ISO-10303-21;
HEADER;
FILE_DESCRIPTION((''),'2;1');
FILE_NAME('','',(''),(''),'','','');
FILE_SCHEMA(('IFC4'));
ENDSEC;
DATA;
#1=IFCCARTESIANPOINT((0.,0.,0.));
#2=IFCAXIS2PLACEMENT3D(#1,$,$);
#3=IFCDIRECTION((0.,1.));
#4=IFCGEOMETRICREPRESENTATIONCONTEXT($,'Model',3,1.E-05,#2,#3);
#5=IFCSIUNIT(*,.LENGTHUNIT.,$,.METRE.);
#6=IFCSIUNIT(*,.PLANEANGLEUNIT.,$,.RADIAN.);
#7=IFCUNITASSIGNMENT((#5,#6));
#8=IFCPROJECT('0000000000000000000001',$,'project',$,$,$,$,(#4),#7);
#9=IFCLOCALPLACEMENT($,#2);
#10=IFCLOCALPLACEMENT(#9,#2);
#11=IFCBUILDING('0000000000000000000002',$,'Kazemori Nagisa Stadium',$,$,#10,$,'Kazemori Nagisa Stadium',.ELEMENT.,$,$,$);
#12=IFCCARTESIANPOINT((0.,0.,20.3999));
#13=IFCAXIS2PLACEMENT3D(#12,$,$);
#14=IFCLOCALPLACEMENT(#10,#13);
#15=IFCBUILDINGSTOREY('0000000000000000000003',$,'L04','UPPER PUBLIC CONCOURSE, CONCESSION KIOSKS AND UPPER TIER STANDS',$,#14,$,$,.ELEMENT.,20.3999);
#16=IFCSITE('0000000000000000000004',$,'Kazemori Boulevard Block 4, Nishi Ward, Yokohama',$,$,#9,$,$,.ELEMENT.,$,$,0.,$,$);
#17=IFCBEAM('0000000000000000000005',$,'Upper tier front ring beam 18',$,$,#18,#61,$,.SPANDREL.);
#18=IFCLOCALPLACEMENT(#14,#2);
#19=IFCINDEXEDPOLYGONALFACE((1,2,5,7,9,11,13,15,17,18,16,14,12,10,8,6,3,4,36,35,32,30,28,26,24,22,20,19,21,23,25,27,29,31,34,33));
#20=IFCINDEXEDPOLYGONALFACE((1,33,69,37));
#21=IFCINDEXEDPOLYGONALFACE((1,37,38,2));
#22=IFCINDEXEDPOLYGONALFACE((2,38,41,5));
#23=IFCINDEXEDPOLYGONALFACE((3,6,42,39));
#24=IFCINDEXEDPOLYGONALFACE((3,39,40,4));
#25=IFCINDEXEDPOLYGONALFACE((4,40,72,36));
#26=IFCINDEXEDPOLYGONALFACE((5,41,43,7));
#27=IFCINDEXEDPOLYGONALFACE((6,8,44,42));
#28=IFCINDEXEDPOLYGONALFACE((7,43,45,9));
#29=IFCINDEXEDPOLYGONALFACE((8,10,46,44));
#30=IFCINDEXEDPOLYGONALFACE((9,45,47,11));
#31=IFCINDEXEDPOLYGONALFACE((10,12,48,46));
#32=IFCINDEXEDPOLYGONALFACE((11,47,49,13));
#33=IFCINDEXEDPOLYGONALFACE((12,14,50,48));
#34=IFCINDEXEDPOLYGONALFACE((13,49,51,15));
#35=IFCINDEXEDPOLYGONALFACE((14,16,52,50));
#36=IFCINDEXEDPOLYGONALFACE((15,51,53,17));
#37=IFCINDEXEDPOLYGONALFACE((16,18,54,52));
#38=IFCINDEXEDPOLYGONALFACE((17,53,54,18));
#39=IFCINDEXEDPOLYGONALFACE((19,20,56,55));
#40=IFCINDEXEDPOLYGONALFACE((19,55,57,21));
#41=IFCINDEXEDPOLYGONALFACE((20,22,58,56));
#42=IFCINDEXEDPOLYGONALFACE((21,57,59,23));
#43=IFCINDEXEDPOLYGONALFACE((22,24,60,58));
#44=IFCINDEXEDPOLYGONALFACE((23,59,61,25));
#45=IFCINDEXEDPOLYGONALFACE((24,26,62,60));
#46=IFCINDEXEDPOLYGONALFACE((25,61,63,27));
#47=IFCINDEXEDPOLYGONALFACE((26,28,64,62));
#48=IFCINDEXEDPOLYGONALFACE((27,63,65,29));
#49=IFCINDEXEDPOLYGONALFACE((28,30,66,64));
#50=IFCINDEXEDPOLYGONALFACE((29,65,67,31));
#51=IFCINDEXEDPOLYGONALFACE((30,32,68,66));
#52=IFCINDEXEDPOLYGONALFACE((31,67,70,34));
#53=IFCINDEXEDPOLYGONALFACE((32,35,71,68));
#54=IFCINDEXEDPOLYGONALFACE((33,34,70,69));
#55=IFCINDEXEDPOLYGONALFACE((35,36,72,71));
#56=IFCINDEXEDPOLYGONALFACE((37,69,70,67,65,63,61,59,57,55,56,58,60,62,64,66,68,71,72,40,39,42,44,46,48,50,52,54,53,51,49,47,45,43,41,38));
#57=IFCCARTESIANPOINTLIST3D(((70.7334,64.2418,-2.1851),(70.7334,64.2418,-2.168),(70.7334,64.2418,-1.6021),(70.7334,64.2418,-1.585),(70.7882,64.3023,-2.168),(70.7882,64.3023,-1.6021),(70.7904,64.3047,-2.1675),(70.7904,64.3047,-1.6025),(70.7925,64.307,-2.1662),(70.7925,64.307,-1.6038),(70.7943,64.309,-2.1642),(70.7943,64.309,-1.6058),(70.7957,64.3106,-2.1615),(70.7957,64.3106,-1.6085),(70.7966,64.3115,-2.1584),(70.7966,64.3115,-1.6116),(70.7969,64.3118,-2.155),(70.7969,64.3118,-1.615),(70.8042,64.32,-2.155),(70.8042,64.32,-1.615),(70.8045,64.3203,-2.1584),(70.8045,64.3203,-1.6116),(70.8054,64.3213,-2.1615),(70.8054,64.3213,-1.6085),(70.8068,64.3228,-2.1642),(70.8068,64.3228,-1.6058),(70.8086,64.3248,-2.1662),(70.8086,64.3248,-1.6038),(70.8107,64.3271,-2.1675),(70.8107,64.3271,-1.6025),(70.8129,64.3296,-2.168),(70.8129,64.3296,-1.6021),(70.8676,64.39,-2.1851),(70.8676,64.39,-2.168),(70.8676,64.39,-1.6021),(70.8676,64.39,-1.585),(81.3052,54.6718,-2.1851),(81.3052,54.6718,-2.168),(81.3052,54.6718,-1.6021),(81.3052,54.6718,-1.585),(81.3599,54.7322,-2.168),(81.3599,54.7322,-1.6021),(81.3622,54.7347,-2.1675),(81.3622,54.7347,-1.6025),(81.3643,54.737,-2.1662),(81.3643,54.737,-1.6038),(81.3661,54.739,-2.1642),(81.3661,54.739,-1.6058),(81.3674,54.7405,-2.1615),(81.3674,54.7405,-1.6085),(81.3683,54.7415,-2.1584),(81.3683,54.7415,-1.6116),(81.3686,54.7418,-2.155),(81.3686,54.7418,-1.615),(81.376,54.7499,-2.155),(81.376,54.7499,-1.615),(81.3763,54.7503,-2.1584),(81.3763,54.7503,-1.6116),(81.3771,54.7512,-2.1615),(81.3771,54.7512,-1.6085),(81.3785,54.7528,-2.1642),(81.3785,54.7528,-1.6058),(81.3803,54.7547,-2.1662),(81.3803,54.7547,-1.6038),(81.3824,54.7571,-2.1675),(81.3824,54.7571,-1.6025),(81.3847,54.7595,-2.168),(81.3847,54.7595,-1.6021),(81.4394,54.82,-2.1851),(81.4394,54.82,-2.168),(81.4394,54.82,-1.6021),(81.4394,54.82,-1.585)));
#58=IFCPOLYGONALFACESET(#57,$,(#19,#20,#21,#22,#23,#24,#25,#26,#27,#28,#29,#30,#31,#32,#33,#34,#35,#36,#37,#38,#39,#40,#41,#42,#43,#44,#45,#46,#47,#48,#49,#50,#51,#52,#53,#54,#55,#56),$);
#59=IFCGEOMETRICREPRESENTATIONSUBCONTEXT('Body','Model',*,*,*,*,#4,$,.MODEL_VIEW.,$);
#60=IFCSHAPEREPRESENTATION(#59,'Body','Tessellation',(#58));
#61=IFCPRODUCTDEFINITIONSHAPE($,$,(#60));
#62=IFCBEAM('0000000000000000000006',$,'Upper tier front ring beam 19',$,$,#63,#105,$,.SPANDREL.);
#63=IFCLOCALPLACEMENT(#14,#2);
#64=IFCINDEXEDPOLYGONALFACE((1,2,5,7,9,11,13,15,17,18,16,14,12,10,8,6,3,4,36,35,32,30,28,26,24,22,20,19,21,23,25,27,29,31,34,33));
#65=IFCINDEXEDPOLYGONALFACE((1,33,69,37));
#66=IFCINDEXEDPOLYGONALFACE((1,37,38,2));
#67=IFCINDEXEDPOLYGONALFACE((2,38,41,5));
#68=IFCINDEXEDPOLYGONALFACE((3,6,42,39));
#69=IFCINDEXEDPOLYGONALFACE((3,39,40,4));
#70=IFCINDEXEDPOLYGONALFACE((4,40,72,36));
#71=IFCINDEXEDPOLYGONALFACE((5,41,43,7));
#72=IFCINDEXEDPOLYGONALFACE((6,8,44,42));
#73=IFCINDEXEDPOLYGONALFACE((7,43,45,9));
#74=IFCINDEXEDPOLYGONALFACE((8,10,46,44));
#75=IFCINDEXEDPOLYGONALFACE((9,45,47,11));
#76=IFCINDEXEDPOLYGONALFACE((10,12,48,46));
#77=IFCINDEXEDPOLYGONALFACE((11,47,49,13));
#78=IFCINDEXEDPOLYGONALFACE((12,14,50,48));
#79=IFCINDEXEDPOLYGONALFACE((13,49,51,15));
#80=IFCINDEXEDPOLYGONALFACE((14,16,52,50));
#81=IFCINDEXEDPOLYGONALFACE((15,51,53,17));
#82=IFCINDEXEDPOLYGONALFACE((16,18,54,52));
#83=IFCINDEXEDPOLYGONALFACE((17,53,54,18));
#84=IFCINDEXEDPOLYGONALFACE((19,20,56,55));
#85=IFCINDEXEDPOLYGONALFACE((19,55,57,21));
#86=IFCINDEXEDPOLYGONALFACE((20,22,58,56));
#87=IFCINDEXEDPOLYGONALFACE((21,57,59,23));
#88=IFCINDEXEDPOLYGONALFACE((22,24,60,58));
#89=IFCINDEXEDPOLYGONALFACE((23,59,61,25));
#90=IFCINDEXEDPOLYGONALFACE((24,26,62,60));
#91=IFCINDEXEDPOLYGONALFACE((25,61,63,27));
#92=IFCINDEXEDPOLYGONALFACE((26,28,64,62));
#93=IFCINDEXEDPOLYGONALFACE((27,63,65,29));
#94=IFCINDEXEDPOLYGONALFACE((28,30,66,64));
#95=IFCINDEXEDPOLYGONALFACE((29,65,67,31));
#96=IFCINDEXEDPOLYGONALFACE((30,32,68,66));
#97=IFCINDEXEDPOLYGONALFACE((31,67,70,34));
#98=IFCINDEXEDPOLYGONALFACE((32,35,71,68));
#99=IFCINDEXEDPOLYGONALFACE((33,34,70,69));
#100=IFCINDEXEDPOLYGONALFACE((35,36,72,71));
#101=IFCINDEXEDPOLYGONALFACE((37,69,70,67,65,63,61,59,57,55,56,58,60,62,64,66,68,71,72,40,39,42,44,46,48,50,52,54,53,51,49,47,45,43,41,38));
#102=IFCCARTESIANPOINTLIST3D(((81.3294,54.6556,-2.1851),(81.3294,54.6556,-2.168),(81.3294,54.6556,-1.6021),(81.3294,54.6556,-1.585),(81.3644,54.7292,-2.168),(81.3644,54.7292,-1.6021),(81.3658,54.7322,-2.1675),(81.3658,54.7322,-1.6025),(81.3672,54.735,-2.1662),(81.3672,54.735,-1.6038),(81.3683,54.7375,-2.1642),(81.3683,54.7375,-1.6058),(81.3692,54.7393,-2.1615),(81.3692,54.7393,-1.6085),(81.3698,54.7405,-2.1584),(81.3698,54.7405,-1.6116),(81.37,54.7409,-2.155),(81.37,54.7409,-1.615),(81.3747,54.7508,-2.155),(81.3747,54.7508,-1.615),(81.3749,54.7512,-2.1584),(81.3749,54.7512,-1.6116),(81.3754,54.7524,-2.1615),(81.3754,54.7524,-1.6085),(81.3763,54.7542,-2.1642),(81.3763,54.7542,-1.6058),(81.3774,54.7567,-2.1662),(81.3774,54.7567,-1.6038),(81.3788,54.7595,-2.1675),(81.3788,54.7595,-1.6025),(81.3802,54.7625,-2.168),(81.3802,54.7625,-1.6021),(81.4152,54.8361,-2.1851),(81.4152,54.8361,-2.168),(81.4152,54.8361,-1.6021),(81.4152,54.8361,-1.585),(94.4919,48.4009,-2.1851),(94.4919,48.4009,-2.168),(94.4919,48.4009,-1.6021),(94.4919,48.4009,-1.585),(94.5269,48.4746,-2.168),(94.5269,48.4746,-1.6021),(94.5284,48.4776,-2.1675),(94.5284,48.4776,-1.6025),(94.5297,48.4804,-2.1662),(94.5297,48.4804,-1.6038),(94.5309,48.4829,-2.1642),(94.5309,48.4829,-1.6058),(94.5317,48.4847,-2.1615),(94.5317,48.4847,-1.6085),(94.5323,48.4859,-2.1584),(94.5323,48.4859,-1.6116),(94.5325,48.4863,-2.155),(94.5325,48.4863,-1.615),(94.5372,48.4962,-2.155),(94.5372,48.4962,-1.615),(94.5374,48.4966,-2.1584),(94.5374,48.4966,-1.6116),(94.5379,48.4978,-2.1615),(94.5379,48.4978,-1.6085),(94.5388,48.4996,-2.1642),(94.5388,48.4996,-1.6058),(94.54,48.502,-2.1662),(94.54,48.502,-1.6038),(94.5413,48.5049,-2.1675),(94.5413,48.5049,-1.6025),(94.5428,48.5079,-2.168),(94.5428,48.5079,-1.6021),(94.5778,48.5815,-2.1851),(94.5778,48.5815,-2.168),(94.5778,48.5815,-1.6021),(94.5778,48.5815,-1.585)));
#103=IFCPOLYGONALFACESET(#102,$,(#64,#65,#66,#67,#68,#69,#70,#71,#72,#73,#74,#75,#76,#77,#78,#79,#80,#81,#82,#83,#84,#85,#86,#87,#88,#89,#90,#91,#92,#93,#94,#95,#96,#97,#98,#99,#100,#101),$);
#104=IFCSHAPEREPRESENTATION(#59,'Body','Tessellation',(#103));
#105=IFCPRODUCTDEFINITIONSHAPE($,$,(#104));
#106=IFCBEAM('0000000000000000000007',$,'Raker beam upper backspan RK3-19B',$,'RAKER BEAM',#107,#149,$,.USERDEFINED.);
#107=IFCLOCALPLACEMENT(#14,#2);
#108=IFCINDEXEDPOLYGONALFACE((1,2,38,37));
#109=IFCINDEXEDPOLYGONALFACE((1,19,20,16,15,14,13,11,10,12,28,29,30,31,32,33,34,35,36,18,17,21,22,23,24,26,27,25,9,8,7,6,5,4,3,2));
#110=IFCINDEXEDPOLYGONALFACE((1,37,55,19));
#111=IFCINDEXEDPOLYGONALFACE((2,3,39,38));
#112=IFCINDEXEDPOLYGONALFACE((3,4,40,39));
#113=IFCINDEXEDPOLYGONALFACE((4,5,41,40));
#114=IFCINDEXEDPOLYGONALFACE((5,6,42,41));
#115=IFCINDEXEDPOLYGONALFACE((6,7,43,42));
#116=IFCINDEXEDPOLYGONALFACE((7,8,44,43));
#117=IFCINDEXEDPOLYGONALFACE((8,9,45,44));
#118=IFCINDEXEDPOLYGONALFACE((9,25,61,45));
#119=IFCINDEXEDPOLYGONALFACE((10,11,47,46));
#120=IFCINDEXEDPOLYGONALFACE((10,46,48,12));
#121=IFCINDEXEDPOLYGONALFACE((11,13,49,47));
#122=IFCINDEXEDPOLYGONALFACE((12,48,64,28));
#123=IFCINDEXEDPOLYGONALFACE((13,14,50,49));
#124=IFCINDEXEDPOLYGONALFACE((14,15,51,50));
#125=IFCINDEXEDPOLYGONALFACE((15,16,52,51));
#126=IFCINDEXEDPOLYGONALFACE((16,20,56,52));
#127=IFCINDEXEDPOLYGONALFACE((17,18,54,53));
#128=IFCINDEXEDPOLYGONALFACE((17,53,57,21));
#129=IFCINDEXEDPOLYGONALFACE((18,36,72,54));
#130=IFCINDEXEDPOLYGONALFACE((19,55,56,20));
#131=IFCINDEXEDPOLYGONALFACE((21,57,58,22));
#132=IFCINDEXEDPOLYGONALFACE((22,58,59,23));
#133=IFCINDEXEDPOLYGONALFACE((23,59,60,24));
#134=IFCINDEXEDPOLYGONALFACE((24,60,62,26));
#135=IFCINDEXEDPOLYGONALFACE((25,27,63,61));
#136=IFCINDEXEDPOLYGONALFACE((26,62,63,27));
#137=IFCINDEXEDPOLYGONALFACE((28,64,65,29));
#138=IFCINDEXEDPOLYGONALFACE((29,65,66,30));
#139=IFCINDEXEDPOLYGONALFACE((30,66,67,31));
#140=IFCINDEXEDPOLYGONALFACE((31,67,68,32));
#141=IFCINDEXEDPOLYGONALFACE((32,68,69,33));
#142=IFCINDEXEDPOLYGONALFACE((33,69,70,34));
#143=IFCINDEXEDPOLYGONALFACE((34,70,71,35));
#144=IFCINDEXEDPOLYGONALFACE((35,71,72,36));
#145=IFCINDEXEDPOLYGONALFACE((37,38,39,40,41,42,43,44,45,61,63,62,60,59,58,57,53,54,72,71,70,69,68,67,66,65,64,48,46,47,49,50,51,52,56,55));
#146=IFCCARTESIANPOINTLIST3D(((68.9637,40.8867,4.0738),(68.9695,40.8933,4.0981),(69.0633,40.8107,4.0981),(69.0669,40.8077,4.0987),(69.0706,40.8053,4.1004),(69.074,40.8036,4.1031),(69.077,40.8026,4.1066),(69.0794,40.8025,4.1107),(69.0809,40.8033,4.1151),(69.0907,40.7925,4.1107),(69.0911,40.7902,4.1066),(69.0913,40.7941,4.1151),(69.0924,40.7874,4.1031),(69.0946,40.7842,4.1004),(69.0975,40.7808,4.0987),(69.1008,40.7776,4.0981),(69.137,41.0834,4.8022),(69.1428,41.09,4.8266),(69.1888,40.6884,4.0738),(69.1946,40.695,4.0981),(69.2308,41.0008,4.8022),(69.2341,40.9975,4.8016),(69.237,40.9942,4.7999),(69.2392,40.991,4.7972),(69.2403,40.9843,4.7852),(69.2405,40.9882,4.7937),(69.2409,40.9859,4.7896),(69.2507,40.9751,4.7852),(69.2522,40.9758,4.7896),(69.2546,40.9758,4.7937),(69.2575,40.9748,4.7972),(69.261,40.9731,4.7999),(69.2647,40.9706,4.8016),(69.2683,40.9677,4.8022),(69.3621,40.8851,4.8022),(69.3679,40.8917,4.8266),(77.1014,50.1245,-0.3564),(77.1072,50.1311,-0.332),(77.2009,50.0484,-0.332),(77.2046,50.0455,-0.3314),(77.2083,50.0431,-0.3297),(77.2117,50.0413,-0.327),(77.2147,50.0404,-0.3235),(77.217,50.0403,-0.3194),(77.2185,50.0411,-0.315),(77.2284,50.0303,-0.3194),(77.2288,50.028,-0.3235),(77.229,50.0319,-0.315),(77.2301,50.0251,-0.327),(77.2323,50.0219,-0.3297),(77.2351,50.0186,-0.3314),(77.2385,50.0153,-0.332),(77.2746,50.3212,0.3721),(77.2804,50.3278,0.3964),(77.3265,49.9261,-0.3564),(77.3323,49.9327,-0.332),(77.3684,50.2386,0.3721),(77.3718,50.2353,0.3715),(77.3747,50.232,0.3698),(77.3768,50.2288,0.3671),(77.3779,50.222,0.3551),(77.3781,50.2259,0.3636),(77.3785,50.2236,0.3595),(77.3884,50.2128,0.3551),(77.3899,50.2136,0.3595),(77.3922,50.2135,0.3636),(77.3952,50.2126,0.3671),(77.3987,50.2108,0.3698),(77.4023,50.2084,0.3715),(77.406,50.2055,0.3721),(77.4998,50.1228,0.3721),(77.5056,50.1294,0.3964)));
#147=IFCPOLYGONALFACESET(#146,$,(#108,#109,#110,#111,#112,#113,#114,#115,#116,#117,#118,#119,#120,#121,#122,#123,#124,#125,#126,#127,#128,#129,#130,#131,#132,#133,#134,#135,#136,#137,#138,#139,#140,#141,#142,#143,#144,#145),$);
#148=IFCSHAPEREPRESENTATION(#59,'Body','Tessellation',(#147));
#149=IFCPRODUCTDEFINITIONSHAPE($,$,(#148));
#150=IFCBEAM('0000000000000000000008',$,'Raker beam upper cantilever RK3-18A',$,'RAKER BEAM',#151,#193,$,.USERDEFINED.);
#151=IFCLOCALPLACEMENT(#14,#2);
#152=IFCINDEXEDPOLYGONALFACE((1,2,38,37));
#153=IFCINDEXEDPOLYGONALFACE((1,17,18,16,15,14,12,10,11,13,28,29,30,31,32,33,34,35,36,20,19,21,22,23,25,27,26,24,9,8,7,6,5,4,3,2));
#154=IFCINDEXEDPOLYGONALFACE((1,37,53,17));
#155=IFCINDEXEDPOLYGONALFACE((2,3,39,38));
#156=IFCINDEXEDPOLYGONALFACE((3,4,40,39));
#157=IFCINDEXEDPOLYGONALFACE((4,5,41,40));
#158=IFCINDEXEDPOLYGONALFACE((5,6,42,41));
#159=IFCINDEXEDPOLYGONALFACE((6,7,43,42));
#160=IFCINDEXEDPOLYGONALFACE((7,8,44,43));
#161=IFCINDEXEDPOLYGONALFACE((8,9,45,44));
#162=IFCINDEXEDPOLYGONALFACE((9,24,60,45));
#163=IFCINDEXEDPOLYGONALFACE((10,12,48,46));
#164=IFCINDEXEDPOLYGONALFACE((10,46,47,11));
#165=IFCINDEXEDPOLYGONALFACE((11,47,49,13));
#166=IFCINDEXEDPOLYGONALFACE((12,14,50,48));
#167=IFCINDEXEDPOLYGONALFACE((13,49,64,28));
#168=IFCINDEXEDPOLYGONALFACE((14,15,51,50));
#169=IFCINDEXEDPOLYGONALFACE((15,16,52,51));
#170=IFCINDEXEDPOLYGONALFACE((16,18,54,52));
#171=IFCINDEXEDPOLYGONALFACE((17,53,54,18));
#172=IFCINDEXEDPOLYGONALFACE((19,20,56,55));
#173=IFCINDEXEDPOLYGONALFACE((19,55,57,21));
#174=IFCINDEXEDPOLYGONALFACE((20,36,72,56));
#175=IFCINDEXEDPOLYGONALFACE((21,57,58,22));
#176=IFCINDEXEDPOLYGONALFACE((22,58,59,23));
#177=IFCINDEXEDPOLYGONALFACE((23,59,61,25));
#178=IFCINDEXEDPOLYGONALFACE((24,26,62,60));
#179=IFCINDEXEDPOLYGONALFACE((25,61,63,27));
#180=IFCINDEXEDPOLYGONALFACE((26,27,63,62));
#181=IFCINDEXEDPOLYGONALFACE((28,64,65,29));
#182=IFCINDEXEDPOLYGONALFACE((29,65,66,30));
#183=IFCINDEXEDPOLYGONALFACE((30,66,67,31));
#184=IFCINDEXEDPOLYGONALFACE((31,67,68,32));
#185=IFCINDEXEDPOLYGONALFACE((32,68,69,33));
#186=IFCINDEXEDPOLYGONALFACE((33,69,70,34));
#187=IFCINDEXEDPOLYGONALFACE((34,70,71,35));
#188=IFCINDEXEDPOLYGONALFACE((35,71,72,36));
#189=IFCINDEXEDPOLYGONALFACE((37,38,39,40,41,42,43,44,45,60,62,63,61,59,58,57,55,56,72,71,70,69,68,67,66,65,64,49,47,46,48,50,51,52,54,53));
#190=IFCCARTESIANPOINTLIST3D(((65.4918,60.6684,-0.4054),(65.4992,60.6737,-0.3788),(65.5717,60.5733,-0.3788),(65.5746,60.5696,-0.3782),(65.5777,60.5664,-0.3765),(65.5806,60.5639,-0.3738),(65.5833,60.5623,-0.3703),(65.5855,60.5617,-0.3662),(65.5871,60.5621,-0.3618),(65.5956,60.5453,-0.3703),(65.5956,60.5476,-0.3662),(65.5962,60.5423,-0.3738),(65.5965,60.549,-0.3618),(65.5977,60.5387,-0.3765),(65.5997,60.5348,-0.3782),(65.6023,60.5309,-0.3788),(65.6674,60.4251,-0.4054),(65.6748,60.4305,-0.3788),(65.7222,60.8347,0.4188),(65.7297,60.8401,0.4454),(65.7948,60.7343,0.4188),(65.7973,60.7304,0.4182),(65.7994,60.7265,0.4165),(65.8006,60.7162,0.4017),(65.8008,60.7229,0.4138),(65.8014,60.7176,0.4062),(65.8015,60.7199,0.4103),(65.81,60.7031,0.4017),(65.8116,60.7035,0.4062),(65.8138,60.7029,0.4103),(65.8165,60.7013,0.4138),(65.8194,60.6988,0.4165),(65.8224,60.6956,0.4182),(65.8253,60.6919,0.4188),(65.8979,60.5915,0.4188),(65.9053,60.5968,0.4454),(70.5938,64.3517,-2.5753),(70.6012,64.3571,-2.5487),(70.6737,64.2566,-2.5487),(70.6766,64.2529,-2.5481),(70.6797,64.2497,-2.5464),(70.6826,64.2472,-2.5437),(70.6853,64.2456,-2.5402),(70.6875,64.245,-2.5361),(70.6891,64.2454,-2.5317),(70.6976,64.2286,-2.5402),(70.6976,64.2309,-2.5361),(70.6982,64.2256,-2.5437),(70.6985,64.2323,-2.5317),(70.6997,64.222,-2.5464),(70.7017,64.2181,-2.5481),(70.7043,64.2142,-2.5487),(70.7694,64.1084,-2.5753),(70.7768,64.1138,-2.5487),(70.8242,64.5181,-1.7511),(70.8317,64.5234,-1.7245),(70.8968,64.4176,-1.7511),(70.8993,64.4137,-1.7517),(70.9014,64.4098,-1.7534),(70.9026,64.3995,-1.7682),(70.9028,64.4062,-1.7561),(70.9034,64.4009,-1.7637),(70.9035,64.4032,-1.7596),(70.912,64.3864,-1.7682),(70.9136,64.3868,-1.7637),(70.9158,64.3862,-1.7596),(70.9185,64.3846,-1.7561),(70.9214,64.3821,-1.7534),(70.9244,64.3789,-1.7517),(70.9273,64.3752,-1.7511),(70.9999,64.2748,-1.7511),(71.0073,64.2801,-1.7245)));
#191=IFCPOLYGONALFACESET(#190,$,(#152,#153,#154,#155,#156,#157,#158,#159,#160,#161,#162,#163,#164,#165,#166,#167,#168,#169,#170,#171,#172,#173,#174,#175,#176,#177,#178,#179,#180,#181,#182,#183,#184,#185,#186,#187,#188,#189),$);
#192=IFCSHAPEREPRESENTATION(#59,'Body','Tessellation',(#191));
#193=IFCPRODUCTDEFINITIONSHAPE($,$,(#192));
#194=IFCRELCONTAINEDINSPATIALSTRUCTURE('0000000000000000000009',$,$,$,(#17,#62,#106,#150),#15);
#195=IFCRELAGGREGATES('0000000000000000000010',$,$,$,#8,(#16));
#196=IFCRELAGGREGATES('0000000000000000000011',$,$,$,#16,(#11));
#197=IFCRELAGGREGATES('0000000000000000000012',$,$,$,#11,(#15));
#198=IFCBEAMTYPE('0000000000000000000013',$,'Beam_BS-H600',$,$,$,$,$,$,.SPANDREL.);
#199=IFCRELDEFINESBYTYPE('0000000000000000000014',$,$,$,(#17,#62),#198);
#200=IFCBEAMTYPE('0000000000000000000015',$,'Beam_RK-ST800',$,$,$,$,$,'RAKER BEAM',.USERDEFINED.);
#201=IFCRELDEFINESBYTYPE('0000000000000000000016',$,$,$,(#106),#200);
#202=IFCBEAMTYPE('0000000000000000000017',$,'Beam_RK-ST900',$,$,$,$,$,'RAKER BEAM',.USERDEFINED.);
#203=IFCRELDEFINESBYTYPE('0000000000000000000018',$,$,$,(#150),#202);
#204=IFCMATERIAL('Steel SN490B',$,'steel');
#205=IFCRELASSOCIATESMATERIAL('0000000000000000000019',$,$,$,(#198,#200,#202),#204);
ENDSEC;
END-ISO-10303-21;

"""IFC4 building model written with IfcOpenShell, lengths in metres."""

from ifc_helpers import new_model, si_unit, direction, frame, origin, origin_2d, place, context, subcontext, project, spatial, i_section, extrude, material, material_profile, profile_set, type_object, element, save


model = new_model("IFC4")

# Units and contexts
model_context = context("Model", 3, precision=1e-05, world=origin(), true_north=direction((0.0, 1.0)))
body_context = subcontext(model_context, "Body", "Model", "MODEL_VIEW")
ifc_project = project(units=[si_unit("LENGTHUNIT", "METRE"), si_unit("PLANEANGLEUNIT", "RADIAN")], contexts=[model_context])

# Site, building, storey
site_placement = place(None, origin())
site = spatial("IfcSite", under=ifc_project, at=site_placement, Name="Kazemori Boulevard Block 4, Nishi Ward, Yokohama", CompositionType="ELEMENT", RefElevation=0.0)
building_placement = place(site_placement, origin())
building = spatial("IfcBuilding", under=site, at=building_placement, Name="Kazemori Nagisa Stadium", LongName="Kazemori Nagisa Stadium", CompositionType="ELEMENT")
storey_placement = place(building_placement, frame((0.0, 0.0, 20.3999)))
storey = spatial("IfcBuildingStorey", under=building, at=storey_placement, Name="L04", Description="UPPER PUBLIC CONCOURSE, CONCESSION KIOSKS AND UPPER TIER STANDS", CompositionType="ELEMENT", Elevation=20.3999)

# Beams
ifc_material_1 = material(Name="Steel SN490B", Category="steel")
ifc_material_profile_1 = material_profile(ifc_material_1, i_section(OverallWidth=0.2, OverallDepth=0.6001, WebThickness=0.011, FlangeThickness=0.0171, FilletRadius=0.0129, at=origin_2d()), Name="H-600x200x11x17")
ifc_profile_set_1 = profile_set([ifc_material_profile_1], Name="Steel SN490B")
beam_type_1 = type_object("IfcBeamType", Name="Beam_BS-H600", PredefinedType="SPANDREL", material=ifc_profile_set_1)
beam_1_placement = place(storey_placement, frame((70.8005, 64.3159, -1.885), z_axis=(0.741357, -0.671111, 0.0), x_axis=(0.671111, 0.741357, 0.0)))
element("IfcBeam", 1, at=beam_1_placement, inside=storey, type_object=beam_type_1, Name="Upper tier front ring beam 18", PredefinedType="SPANDREL", context=body_context, shape_type="SweptSolid", body=[
    extrude(i_section(OverallWidth=0.2, OverallDepth=0.6001, WebThickness=0.011, FlangeThickness=0.0171, FilletRadius=0.0129, at=origin_2d()), origin(), (0.0, 0.0, 1.0), 14.26),
])
beam_2_placement = place(storey_placement, frame((81.3723, 54.7458, -1.885), z_axis=(0.903214, -0.429191, 0.0), x_axis=(0.429191, 0.903214, 0.0)))
element("IfcBeam", 2, at=beam_2_placement, inside=storey, type_object=beam_type_1, Name="Upper tier front ring beam 19", PredefinedType="SPANDREL", context=body_context, shape_type="SweptSolid", body=[
    extrude(i_section(OverallWidth=0.2, OverallDepth=0.6001, WebThickness=0.011, FlangeThickness=0.0171, FilletRadius=0.0129, at=origin_2d()), origin(), (0.0, 0.0, 1.0), 14.573),
])
ifc_material_profile_2 = material_profile(ifc_material_1, i_section(OverallWidth=0.3, OverallDepth=0.8, WebThickness=0.0139, FlangeThickness=0.0259, FilletRadius=0.0181, at=origin_2d()), Name="H-800x300x14x26")
ifc_profile_set_2 = profile_set([ifc_material_profile_2], Name="Steel SN490B")
beam_type_2 = type_object("IfcBeamType", Name="Beam_RK-ST800", ElementType="RAKER BEAM", PredefinedType="USERDEFINED", material=ifc_profile_set_2)
beam_3_placement = place(storey_placement, frame((77.3035, 50.127, 0.02), z_axis=(-0.621968, -0.706049, 0.338601), x_axis=(0.750374, -0.661014, 0.0)))
element("IfcBeam", 3, at=beam_3_placement, inside=storey, type_object=beam_type_2, Name="Raker beam upper backspan RK3-19B", ObjectType="RAKER BEAM", PredefinedType="USERDEFINED", context=body_context, shape_type="SweptSolid", body=[
    extrude(i_section(OverallWidth=0.3, OverallDepth=0.8, WebThickness=0.0139, FlangeThickness=0.0259, FilletRadius=0.0181, at=origin_2d()), origin(), (0.0, 0.0, 1.0), 13.0837),
])
ifc_material_profile_3 = material_profile(ifc_material_1, i_section(OverallWidth=0.3, OverallDepth=0.8999, WebThickness=0.0161, FlangeThickness=0.0281, FilletRadius=0.0181, at=origin_2d()), Name="H-900x300x16x28")
ifc_profile_set_3 = profile_set([ifc_material_profile_3], Name="Steel SN490B")
beam_type_3 = type_object("IfcBeamType", Name="Beam_RK-ST900", ElementType="RAKER BEAM", PredefinedType="USERDEFINED", material=ifc_profile_set_3)
beam_4_placement = place(storey_placement, frame((70.8005, 64.3159, -2.1499), z_axis=(-0.766498, -0.553362, 0.325994), x_axis=(0.585338, -0.81079, 0.0)))
element("IfcBeam", 4, at=beam_4_placement, inside=storey, type_object=beam_type_3, Name="Raker beam upper cantilever RK3-18A", ObjectType="RAKER BEAM", PredefinedType="USERDEFINED", context=body_context, shape_type="SweptSolid", body=[
    extrude(i_section(OverallWidth=0.3, OverallDepth=0.8999, WebThickness=0.0161, FlangeThickness=0.0281, FilletRadius=0.0181, at=origin_2d()), origin(), (0.0, 0.0, 1.0), 6.6562),
])

save(model, "model.ifc")
